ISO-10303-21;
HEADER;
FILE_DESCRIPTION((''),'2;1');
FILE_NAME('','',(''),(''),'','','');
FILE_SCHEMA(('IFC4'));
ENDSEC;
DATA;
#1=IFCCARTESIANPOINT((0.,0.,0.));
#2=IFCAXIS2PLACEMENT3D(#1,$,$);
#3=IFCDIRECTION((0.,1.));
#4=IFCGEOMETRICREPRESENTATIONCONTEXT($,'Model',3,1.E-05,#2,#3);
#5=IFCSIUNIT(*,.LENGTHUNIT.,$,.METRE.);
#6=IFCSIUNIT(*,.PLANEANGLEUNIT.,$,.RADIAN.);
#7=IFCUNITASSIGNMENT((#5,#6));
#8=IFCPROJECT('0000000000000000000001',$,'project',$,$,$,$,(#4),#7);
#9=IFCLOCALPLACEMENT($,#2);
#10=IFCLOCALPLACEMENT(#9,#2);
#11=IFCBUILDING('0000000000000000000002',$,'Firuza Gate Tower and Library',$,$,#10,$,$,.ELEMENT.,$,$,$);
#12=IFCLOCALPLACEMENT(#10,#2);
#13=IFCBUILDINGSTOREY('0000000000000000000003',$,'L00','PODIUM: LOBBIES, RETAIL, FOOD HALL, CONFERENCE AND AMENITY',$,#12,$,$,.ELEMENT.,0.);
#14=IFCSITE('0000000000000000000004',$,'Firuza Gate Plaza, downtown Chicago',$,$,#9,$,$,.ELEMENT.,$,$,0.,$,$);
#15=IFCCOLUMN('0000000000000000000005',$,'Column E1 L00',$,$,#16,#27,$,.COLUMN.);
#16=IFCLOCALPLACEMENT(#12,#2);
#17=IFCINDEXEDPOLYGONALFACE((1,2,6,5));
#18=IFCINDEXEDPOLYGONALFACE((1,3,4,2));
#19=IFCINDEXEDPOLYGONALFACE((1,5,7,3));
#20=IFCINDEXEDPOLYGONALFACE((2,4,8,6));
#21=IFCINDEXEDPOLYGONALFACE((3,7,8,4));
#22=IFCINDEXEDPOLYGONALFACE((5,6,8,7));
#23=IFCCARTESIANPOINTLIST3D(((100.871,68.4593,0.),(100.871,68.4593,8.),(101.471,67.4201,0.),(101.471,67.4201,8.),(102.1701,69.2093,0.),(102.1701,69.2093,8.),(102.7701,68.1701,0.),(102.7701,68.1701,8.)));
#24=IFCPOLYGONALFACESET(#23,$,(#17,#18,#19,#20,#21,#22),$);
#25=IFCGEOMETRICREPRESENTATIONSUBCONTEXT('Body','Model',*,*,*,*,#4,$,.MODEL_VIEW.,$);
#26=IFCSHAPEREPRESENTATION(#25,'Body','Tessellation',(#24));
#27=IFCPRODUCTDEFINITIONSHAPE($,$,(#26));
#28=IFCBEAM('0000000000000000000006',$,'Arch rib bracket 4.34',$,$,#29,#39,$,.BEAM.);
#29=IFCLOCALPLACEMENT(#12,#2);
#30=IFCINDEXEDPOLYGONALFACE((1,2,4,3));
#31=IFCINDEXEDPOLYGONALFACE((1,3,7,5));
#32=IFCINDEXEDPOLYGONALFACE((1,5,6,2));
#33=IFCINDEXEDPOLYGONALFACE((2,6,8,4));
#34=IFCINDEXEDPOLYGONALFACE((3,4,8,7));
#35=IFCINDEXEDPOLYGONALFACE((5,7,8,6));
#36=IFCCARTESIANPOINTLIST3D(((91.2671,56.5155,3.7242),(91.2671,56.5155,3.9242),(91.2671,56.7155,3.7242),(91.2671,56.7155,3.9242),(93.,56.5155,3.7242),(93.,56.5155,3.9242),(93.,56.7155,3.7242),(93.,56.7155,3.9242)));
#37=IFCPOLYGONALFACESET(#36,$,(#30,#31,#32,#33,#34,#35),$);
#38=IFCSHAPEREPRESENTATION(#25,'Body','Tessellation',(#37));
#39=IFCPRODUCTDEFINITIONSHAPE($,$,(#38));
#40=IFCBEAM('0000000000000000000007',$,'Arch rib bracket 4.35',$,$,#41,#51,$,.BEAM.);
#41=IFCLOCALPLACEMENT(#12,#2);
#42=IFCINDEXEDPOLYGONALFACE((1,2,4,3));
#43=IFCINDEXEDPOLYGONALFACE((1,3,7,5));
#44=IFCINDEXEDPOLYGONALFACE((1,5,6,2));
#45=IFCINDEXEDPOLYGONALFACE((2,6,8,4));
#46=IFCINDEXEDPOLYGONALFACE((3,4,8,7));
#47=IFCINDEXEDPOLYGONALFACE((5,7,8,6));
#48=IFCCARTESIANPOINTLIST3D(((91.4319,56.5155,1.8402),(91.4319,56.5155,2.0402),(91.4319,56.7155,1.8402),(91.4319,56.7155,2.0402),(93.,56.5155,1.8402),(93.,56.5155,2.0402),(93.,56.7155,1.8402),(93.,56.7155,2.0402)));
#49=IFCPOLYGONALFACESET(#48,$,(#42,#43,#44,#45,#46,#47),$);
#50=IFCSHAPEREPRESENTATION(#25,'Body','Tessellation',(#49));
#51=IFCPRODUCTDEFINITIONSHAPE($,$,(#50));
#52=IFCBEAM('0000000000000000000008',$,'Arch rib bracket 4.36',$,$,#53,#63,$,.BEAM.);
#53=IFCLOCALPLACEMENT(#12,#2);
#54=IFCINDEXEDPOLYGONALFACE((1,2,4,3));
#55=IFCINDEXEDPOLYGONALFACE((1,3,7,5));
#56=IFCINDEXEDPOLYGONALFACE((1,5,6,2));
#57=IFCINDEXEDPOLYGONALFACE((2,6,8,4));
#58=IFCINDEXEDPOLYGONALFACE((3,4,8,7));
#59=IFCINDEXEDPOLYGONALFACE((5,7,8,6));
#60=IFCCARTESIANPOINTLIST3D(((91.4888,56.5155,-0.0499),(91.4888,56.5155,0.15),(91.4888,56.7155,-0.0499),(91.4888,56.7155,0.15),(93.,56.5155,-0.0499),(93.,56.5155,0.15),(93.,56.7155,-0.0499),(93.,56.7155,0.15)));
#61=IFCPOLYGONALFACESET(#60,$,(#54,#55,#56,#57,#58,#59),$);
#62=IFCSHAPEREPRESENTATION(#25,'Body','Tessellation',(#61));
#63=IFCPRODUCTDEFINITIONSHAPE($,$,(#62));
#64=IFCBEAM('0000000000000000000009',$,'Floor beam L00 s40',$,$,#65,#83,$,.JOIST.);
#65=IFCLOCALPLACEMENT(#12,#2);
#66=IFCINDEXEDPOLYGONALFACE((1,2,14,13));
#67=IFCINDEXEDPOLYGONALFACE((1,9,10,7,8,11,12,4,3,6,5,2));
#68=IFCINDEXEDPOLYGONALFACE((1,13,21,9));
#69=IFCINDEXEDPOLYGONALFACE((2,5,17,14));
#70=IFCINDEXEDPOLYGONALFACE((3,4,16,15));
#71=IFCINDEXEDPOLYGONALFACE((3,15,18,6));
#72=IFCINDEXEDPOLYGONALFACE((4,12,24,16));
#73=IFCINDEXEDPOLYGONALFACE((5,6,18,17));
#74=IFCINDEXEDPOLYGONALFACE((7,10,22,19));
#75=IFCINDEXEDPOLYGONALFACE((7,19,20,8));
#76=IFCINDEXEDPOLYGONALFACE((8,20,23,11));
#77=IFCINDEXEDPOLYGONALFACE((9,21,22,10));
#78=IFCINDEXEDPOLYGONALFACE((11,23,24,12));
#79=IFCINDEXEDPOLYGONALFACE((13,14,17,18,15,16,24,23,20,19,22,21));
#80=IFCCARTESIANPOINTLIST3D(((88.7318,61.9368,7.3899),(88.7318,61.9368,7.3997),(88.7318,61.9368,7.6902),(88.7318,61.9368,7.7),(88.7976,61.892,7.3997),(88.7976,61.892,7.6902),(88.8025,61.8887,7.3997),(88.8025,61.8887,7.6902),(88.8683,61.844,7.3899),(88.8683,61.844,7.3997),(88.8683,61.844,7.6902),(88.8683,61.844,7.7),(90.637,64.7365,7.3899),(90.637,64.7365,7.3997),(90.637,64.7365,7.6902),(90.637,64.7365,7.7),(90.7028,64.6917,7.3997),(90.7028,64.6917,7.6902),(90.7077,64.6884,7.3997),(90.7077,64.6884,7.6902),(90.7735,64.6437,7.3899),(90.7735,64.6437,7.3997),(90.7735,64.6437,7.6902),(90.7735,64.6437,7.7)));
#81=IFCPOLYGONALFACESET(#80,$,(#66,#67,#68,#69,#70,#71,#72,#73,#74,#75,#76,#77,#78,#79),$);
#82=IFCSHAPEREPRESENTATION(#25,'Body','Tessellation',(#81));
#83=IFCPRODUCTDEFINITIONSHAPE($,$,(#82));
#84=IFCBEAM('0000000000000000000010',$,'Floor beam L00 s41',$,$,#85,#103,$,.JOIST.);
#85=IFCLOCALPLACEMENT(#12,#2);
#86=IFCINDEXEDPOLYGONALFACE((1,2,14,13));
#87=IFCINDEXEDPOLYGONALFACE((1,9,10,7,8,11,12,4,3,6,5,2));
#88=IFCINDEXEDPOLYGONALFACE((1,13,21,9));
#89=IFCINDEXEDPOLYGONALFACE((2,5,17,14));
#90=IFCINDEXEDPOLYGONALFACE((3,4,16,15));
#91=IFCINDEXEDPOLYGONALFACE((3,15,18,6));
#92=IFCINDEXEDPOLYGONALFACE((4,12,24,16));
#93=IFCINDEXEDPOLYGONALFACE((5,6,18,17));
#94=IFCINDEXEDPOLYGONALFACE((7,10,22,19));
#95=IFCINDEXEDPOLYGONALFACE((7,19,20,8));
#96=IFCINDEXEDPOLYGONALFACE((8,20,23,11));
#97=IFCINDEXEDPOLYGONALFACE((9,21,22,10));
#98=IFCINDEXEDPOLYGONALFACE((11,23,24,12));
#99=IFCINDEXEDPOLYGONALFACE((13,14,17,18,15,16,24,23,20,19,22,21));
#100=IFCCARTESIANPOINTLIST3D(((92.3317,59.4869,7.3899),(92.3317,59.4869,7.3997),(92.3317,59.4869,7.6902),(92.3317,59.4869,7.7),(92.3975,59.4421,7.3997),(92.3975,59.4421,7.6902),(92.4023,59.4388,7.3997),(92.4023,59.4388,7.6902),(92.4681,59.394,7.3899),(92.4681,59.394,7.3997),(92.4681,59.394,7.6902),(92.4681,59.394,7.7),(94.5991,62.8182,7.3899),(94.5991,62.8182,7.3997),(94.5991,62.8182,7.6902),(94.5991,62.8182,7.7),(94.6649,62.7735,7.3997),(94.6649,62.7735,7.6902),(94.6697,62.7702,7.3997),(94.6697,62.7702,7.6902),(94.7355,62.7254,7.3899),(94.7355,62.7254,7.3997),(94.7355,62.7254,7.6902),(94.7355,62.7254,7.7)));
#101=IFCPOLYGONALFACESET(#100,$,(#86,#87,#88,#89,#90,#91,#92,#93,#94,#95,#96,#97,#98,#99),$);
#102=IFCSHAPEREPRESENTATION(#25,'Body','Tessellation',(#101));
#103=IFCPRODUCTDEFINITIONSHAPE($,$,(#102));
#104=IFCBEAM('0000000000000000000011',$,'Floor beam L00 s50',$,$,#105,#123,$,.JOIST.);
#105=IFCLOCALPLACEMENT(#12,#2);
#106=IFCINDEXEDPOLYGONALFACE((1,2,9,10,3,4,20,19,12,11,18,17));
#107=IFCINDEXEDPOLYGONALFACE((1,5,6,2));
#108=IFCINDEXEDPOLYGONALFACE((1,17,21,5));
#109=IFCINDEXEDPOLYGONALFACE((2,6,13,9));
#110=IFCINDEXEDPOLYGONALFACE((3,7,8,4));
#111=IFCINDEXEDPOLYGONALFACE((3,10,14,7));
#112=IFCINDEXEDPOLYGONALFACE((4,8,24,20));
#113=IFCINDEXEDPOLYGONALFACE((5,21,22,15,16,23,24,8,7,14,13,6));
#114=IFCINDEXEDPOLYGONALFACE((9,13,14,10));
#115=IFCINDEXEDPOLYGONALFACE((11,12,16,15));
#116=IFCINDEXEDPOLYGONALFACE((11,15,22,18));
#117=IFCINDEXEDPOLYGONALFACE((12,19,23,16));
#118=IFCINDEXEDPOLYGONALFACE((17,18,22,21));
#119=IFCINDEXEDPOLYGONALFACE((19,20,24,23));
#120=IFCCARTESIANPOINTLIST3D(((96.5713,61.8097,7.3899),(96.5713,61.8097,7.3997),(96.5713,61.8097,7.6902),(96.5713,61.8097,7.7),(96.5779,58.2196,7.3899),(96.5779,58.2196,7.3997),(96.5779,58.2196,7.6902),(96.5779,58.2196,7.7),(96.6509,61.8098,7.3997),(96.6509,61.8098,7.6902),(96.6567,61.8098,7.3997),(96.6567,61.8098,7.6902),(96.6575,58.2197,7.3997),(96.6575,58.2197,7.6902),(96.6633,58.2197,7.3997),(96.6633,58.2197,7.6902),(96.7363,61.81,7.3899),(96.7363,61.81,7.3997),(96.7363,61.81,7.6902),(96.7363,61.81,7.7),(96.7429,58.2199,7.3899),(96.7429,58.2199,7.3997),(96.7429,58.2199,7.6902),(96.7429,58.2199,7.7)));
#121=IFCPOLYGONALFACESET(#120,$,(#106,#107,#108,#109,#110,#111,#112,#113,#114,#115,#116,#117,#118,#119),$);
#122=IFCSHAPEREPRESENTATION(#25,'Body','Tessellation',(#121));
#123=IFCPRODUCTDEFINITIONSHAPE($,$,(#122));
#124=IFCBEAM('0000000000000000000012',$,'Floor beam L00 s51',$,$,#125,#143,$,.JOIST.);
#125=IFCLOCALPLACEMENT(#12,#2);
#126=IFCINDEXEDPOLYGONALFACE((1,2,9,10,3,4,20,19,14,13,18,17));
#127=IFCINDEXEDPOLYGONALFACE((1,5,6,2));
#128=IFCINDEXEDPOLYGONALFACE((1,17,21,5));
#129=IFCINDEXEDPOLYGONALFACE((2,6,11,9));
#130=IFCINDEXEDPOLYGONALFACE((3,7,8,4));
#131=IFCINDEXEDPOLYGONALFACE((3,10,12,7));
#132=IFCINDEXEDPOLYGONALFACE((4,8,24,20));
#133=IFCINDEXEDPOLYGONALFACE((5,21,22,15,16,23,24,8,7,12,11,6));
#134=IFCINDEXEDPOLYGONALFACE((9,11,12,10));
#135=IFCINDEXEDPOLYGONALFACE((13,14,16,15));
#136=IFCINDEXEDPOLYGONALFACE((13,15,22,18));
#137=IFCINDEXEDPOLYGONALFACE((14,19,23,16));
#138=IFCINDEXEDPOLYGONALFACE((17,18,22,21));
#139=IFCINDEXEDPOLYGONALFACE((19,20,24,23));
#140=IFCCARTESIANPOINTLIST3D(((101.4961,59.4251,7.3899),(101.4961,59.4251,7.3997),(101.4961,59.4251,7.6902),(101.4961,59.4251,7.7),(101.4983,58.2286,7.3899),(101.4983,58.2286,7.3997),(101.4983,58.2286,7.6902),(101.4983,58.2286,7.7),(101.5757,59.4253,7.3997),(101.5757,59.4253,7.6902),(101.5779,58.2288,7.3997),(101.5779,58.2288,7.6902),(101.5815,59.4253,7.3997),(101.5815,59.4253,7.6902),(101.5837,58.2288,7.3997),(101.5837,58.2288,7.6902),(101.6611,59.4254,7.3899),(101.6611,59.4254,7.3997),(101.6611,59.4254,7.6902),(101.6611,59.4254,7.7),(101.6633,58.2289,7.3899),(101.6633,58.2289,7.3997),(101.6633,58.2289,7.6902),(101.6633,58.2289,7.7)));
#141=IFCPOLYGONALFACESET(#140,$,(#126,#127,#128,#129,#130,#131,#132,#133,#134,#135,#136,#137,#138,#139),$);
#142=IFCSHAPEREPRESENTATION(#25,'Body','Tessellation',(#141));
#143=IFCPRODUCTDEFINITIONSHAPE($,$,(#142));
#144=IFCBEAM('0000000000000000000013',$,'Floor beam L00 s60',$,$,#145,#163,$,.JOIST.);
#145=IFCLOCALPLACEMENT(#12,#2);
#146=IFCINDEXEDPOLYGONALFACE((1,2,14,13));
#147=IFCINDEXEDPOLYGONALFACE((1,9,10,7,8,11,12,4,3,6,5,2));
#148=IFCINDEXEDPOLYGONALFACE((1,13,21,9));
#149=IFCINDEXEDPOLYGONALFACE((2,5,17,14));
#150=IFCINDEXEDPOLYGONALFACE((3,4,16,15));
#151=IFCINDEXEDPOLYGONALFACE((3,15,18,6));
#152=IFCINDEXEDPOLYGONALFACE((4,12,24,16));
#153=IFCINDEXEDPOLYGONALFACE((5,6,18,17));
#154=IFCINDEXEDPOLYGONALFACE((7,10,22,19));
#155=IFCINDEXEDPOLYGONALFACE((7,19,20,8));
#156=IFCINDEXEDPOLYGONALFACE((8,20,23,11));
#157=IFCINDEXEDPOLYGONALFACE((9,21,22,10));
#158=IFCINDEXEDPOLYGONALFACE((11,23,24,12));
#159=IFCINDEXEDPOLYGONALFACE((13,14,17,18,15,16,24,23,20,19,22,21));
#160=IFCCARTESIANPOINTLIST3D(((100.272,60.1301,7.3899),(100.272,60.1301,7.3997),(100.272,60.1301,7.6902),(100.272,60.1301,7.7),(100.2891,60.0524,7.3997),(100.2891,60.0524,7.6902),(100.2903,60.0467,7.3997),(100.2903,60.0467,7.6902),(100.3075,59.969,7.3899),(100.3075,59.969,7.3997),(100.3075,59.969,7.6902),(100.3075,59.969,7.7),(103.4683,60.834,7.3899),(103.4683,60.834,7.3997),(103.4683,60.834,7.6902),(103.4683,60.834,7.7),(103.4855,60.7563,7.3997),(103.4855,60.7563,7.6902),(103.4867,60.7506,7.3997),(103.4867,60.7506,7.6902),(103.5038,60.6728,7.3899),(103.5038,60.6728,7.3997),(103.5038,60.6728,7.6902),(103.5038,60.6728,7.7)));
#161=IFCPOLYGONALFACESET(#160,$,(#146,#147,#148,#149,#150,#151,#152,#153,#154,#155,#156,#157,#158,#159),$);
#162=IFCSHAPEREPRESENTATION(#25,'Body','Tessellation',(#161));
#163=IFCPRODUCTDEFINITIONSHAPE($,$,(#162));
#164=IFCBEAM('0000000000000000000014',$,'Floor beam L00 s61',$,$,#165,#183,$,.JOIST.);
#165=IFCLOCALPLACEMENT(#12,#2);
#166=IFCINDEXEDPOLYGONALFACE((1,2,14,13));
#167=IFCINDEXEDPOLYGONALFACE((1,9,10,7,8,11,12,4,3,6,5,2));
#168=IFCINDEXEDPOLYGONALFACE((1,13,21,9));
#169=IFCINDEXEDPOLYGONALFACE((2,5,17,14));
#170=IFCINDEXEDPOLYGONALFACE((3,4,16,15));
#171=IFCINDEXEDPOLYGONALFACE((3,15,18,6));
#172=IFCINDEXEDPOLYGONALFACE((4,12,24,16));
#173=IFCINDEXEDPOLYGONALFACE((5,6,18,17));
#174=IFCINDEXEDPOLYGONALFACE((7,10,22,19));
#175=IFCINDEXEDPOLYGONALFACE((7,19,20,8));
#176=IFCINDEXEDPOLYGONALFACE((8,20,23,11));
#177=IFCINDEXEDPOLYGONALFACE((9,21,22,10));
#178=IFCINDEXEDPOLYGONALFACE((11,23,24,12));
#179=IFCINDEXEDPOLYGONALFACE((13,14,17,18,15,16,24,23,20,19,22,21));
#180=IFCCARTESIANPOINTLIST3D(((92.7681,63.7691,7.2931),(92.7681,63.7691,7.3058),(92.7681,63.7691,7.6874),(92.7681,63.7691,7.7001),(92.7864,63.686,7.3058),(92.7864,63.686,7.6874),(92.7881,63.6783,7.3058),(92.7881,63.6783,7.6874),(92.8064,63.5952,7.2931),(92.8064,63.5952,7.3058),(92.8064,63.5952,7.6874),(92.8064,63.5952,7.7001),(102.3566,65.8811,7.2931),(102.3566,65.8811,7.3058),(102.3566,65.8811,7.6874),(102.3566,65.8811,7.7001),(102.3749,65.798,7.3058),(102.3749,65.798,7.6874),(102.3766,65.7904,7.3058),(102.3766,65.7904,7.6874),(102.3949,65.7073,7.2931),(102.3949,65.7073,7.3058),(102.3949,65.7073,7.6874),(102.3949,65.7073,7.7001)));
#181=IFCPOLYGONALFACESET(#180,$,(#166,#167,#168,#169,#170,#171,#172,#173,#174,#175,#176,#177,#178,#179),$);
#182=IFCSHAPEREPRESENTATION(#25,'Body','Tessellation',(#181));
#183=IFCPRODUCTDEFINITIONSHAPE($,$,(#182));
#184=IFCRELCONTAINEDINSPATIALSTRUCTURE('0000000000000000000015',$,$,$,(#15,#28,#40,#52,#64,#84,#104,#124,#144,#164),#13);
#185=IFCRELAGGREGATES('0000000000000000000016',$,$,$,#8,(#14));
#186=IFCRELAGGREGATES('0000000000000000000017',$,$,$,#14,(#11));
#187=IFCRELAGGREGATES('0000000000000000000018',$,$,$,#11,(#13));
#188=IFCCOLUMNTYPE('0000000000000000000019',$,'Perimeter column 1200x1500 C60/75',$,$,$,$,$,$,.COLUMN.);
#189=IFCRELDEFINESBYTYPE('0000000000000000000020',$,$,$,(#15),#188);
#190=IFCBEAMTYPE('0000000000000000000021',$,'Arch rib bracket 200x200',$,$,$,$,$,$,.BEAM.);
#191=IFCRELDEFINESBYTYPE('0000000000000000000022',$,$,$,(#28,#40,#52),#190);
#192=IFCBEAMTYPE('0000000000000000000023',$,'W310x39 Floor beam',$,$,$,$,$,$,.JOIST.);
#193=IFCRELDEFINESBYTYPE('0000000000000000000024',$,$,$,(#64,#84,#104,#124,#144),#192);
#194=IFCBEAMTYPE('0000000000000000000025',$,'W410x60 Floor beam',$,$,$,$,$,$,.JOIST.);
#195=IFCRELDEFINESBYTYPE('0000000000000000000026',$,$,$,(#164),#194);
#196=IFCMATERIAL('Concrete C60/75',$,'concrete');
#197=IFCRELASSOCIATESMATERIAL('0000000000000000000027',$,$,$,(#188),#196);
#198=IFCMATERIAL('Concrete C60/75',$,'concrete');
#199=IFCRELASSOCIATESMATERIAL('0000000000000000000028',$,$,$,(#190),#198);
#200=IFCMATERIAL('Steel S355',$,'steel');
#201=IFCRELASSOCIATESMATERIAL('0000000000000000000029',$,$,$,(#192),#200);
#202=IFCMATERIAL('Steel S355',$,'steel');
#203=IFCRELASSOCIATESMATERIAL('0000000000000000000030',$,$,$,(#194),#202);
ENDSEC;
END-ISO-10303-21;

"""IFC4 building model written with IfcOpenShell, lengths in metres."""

from ifc_helpers import new_model, si_unit, direction, frame, origin, origin_2d, place, context, subcontext, project, spatial, rectangle, i_section, extrude, material, material_profile, profile_set, type_object, element, save


model = new_model("IFC4")

# Units and contexts
model_context = context("Model", 3, precision=1e-05, world=origin(), true_north=direction((0.0, 1.0)))
body_context = subcontext(model_context, "Body", "Model", "MODEL_VIEW")
ifc_project = project(units=[si_unit("LENGTHUNIT", "METRE"), si_unit("PLANEANGLEUNIT", "RADIAN")], contexts=[model_context])

# Site, building, storey
site_placement = place(None, origin())
site = spatial("IfcSite", under=ifc_project, at=site_placement, Name="Firuza Gate Plaza, downtown Chicago", CompositionType="ELEMENT", RefElevation=0.0)
building_placement = place(site_placement, origin())
building = spatial("IfcBuilding", under=site, at=building_placement, Name="Firuza Gate Tower and Library", CompositionType="ELEMENT")
storey_placement = place(building_placement, origin())
storey = spatial("IfcBuildingStorey", under=building, at=storey_placement, Name="L00", Description="PODIUM: LOBBIES, RETAIL, FOOD HALL, CONFERENCE AND AMENITY", CompositionType="ELEMENT", Elevation=0.0)

# Column
ifc_material_1 = material(Name="Concrete C60/75", Category="concrete")
ifc_material_profile_1 = material_profile(ifc_material_1, rectangle(XDim=1.2, YDim=1.5, at=origin_2d()))
ifc_profile_set_1 = profile_set([ifc_material_profile_1], Name="Concrete C60/75")
column_type = type_object("IfcColumnType", Name="Perimeter column 1200x1500 C60/75", PredefinedType="COLUMN", material=ifc_profile_set_1)
column_placement = place(storey_placement, frame((101.8206, 68.3147, 0.0), z_axis=(0.0, 0.0, 1.0), x_axis=(-0.5, 0.866025, 0.0)))
element("IfcColumn", 1, at=column_placement, inside=storey, type_object=column_type, Name="Column E1 L00", PredefinedType="COLUMN", context=body_context, shape_type="SweptSolid", body=[
    extrude(rectangle(XDim=1.2, YDim=1.5, at=origin_2d()), origin(), (0.0, 0.0, 1.0), 8.0),
])

# Beams
ifc_material_2 = material(Name="Concrete C60/75", Category="concrete")
ifc_material_profile_2 = material_profile(ifc_material_2, rectangle(XDim=0.2, YDim=0.2, at=origin_2d()))
ifc_profile_set_2 = profile_set([ifc_material_profile_2], Name="Concrete C60/75")
beam_type_1 = type_object("IfcBeamType", Name="Arch rib bracket 200x200", PredefinedType="BEAM", material=ifc_profile_set_2)
beam_1_placement = place(storey_placement, frame((93.0, 56.6155, 3.8242), z_axis=(-1.0, 0.0, 0.0), x_axis=(0.0, -1.0, 0.0)))
element("IfcBeam", 2, at=beam_1_placement, inside=storey, type_object=beam_type_1, Name="Arch rib bracket 4.34", PredefinedType="BEAM", context=body_context, shape_type="SweptSolid", body=[
    extrude(rectangle(XDim=0.2, YDim=0.2, at=origin_2d()), origin(), (0.0, 0.0, 1.0), 1.7329),
])
beam_2_placement = place(storey_placement, frame((93.0, 56.6155, 1.9402), z_axis=(-1.0, 0.0, 0.0), x_axis=(0.0, -1.0, 0.0)))
element("IfcBeam", 3, at=beam_2_placement, inside=storey, type_object=beam_type_1, Name="Arch rib bracket 4.35", PredefinedType="BEAM", context=body_context, shape_type="SweptSolid", body=[
    extrude(rectangle(XDim=0.2, YDim=0.2, at=origin_2d()), origin(), (0.0, 0.0, 1.0), 1.5681),
])
beam_3_placement = place(storey_placement, frame((93.0, 56.6155, 0.05), z_axis=(-1.0, 0.0, 0.0), x_axis=(0.0, -1.0, 0.0)))
element("IfcBeam", 4, at=beam_3_placement, inside=storey, type_object=beam_type_1, Name="Arch rib bracket 4.36", PredefinedType="BEAM", context=body_context, shape_type="SweptSolid", body=[
    extrude(rectangle(XDim=0.2, YDim=0.2, at=origin_2d()), origin(), (0.0, 0.0, 1.0), 1.5112),
])
ifc_material_3 = material(Name="Steel S355", Category="steel")
ifc_material_profile_3 = material_profile(ifc_material_3, i_section(OverallWidth=0.165, OverallDepth=0.3101, WebThickness=0.0059, FlangeThickness=0.0098, at=origin_2d()))
ifc_profile_set_3 = profile_set([ifc_material_profile_3], Name="Steel S355")
beam_type_2 = type_object("IfcBeamType", Name="W310x39 Floor beam", PredefinedType="JOIST", material=ifc_profile_set_3)
beam_4_placement = place(storey_placement, frame((88.8, 61.8904, 7.5449), z_axis=(0.562594, 0.826733, 0.0), x_axis=(-0.826733, 0.562594, 0.0)))
element("IfcBeam", 5, at=beam_4_placement, inside=storey, type_object=beam_type_2, Name="Floor beam L00 s40", PredefinedType="JOIST", context=body_context, shape_type="SweptSolid", body=[
    extrude(i_section(OverallWidth=0.165, OverallDepth=0.3101, WebThickness=0.0059, FlangeThickness=0.0098, at=origin_2d()), origin(), (0.0, 0.0, 1.0), 3.3865),
])
beam_5_placement = place(storey_placement, frame((92.3999, 59.4404, 7.5449), z_axis=(0.562658, 0.82669, 0.0), x_axis=(-0.82669, 0.562658, 0.0)))
element("IfcBeam", 6, at=beam_5_placement, inside=storey, type_object=beam_type_2, Name="Floor beam L00 s41", PredefinedType="JOIST", context=body_context, shape_type="SweptSolid", body=[
    extrude(i_section(OverallWidth=0.165, OverallDepth=0.3101, WebThickness=0.0059, FlangeThickness=0.0098, at=origin_2d()), origin(), (0.0, 0.0, 1.0), 4.0298),
])
beam_6_placement = place(storey_placement, frame((96.6604, 58.2197, 7.5449), z_axis=(-0.001836, 0.999998, 0.0), x_axis=(-0.999998, -0.001836, 0.0)))
element("IfcBeam", 7, at=beam_6_placement, inside=storey, type_object=beam_type_2, Name="Floor beam L00 s50", PredefinedType="JOIST", context=body_context, shape_type="SweptSolid", body=[
    extrude(i_section(OverallWidth=0.165, OverallDepth=0.3101, WebThickness=0.0059, FlangeThickness=0.0098, at=origin_2d()), origin(), (0.0, 0.0, 1.0), 3.5901),
])
beam_7_placement = place(storey_placement, frame((101.5808, 58.2288, 7.5449), z_axis=(-0.001836, 0.999998, 0.0), x_axis=(-0.999998, -0.001836, 0.0)))
element("IfcBeam", 8, at=beam_7_placement, inside=storey, type_object=beam_type_2, Name="Floor beam L00 s51", PredefinedType="JOIST", context=body_context, shape_type="SweptSolid", body=[
    extrude(i_section(OverallWidth=0.165, OverallDepth=0.3101, WebThickness=0.0059, FlangeThickness=0.0098, at=origin_2d()), origin(), (0.0, 0.0, 1.0), 1.1965),
])
beam_8_placement = place(storey_placement, frame((103.4861, 60.7534, 7.5449), z_axis=(-0.976601, -0.215058, 0.0), x_axis=(0.215058, -0.976601, 0.0)))
element("IfcBeam", 9, at=beam_8_placement, inside=storey, type_object=beam_type_2, Name="Floor beam L00 s60", PredefinedType="JOIST", context=body_context, shape_type="SweptSolid", body=[
    extrude(i_section(OverallWidth=0.165, OverallDepth=0.3101, WebThickness=0.0059, FlangeThickness=0.0098, at=origin_2d()), origin(), (0.0, 0.0, 1.0), 3.2729),
])
ifc_material_4 = material(Name="Steel S355", Category="steel")
ifc_material_profile_4 = material_profile(ifc_material_4, i_section(OverallWidth=0.178, OverallDepth=0.407, WebThickness=0.0078, FlangeThickness=0.0127, at=origin_2d()))
ifc_profile_set_4 = profile_set([ifc_material_profile_4], Name="Steel S355")
beam_type_3 = type_object("IfcBeamType", Name="W410x60 Floor beam", PredefinedType="JOIST", material=ifc_profile_set_4)
beam_9_placement = place(storey_placement, frame((102.3757, 65.7942, 7.4966), z_axis=(-0.97659, -0.215111, 0.0), x_axis=(0.215111, -0.97659, 0.0)))
element("IfcBeam", 10, at=beam_9_placement, inside=storey, type_object=beam_type_3, Name="Floor beam L00 s61", PredefinedType="JOIST", context=body_context, shape_type="SweptSolid", body=[
    extrude(i_section(OverallWidth=0.178, OverallDepth=0.407, WebThickness=0.0078, FlangeThickness=0.0127, at=origin_2d()), origin(), (0.0, 0.0, 1.0), 9.8184),
])

save(model, "model.ifc")
